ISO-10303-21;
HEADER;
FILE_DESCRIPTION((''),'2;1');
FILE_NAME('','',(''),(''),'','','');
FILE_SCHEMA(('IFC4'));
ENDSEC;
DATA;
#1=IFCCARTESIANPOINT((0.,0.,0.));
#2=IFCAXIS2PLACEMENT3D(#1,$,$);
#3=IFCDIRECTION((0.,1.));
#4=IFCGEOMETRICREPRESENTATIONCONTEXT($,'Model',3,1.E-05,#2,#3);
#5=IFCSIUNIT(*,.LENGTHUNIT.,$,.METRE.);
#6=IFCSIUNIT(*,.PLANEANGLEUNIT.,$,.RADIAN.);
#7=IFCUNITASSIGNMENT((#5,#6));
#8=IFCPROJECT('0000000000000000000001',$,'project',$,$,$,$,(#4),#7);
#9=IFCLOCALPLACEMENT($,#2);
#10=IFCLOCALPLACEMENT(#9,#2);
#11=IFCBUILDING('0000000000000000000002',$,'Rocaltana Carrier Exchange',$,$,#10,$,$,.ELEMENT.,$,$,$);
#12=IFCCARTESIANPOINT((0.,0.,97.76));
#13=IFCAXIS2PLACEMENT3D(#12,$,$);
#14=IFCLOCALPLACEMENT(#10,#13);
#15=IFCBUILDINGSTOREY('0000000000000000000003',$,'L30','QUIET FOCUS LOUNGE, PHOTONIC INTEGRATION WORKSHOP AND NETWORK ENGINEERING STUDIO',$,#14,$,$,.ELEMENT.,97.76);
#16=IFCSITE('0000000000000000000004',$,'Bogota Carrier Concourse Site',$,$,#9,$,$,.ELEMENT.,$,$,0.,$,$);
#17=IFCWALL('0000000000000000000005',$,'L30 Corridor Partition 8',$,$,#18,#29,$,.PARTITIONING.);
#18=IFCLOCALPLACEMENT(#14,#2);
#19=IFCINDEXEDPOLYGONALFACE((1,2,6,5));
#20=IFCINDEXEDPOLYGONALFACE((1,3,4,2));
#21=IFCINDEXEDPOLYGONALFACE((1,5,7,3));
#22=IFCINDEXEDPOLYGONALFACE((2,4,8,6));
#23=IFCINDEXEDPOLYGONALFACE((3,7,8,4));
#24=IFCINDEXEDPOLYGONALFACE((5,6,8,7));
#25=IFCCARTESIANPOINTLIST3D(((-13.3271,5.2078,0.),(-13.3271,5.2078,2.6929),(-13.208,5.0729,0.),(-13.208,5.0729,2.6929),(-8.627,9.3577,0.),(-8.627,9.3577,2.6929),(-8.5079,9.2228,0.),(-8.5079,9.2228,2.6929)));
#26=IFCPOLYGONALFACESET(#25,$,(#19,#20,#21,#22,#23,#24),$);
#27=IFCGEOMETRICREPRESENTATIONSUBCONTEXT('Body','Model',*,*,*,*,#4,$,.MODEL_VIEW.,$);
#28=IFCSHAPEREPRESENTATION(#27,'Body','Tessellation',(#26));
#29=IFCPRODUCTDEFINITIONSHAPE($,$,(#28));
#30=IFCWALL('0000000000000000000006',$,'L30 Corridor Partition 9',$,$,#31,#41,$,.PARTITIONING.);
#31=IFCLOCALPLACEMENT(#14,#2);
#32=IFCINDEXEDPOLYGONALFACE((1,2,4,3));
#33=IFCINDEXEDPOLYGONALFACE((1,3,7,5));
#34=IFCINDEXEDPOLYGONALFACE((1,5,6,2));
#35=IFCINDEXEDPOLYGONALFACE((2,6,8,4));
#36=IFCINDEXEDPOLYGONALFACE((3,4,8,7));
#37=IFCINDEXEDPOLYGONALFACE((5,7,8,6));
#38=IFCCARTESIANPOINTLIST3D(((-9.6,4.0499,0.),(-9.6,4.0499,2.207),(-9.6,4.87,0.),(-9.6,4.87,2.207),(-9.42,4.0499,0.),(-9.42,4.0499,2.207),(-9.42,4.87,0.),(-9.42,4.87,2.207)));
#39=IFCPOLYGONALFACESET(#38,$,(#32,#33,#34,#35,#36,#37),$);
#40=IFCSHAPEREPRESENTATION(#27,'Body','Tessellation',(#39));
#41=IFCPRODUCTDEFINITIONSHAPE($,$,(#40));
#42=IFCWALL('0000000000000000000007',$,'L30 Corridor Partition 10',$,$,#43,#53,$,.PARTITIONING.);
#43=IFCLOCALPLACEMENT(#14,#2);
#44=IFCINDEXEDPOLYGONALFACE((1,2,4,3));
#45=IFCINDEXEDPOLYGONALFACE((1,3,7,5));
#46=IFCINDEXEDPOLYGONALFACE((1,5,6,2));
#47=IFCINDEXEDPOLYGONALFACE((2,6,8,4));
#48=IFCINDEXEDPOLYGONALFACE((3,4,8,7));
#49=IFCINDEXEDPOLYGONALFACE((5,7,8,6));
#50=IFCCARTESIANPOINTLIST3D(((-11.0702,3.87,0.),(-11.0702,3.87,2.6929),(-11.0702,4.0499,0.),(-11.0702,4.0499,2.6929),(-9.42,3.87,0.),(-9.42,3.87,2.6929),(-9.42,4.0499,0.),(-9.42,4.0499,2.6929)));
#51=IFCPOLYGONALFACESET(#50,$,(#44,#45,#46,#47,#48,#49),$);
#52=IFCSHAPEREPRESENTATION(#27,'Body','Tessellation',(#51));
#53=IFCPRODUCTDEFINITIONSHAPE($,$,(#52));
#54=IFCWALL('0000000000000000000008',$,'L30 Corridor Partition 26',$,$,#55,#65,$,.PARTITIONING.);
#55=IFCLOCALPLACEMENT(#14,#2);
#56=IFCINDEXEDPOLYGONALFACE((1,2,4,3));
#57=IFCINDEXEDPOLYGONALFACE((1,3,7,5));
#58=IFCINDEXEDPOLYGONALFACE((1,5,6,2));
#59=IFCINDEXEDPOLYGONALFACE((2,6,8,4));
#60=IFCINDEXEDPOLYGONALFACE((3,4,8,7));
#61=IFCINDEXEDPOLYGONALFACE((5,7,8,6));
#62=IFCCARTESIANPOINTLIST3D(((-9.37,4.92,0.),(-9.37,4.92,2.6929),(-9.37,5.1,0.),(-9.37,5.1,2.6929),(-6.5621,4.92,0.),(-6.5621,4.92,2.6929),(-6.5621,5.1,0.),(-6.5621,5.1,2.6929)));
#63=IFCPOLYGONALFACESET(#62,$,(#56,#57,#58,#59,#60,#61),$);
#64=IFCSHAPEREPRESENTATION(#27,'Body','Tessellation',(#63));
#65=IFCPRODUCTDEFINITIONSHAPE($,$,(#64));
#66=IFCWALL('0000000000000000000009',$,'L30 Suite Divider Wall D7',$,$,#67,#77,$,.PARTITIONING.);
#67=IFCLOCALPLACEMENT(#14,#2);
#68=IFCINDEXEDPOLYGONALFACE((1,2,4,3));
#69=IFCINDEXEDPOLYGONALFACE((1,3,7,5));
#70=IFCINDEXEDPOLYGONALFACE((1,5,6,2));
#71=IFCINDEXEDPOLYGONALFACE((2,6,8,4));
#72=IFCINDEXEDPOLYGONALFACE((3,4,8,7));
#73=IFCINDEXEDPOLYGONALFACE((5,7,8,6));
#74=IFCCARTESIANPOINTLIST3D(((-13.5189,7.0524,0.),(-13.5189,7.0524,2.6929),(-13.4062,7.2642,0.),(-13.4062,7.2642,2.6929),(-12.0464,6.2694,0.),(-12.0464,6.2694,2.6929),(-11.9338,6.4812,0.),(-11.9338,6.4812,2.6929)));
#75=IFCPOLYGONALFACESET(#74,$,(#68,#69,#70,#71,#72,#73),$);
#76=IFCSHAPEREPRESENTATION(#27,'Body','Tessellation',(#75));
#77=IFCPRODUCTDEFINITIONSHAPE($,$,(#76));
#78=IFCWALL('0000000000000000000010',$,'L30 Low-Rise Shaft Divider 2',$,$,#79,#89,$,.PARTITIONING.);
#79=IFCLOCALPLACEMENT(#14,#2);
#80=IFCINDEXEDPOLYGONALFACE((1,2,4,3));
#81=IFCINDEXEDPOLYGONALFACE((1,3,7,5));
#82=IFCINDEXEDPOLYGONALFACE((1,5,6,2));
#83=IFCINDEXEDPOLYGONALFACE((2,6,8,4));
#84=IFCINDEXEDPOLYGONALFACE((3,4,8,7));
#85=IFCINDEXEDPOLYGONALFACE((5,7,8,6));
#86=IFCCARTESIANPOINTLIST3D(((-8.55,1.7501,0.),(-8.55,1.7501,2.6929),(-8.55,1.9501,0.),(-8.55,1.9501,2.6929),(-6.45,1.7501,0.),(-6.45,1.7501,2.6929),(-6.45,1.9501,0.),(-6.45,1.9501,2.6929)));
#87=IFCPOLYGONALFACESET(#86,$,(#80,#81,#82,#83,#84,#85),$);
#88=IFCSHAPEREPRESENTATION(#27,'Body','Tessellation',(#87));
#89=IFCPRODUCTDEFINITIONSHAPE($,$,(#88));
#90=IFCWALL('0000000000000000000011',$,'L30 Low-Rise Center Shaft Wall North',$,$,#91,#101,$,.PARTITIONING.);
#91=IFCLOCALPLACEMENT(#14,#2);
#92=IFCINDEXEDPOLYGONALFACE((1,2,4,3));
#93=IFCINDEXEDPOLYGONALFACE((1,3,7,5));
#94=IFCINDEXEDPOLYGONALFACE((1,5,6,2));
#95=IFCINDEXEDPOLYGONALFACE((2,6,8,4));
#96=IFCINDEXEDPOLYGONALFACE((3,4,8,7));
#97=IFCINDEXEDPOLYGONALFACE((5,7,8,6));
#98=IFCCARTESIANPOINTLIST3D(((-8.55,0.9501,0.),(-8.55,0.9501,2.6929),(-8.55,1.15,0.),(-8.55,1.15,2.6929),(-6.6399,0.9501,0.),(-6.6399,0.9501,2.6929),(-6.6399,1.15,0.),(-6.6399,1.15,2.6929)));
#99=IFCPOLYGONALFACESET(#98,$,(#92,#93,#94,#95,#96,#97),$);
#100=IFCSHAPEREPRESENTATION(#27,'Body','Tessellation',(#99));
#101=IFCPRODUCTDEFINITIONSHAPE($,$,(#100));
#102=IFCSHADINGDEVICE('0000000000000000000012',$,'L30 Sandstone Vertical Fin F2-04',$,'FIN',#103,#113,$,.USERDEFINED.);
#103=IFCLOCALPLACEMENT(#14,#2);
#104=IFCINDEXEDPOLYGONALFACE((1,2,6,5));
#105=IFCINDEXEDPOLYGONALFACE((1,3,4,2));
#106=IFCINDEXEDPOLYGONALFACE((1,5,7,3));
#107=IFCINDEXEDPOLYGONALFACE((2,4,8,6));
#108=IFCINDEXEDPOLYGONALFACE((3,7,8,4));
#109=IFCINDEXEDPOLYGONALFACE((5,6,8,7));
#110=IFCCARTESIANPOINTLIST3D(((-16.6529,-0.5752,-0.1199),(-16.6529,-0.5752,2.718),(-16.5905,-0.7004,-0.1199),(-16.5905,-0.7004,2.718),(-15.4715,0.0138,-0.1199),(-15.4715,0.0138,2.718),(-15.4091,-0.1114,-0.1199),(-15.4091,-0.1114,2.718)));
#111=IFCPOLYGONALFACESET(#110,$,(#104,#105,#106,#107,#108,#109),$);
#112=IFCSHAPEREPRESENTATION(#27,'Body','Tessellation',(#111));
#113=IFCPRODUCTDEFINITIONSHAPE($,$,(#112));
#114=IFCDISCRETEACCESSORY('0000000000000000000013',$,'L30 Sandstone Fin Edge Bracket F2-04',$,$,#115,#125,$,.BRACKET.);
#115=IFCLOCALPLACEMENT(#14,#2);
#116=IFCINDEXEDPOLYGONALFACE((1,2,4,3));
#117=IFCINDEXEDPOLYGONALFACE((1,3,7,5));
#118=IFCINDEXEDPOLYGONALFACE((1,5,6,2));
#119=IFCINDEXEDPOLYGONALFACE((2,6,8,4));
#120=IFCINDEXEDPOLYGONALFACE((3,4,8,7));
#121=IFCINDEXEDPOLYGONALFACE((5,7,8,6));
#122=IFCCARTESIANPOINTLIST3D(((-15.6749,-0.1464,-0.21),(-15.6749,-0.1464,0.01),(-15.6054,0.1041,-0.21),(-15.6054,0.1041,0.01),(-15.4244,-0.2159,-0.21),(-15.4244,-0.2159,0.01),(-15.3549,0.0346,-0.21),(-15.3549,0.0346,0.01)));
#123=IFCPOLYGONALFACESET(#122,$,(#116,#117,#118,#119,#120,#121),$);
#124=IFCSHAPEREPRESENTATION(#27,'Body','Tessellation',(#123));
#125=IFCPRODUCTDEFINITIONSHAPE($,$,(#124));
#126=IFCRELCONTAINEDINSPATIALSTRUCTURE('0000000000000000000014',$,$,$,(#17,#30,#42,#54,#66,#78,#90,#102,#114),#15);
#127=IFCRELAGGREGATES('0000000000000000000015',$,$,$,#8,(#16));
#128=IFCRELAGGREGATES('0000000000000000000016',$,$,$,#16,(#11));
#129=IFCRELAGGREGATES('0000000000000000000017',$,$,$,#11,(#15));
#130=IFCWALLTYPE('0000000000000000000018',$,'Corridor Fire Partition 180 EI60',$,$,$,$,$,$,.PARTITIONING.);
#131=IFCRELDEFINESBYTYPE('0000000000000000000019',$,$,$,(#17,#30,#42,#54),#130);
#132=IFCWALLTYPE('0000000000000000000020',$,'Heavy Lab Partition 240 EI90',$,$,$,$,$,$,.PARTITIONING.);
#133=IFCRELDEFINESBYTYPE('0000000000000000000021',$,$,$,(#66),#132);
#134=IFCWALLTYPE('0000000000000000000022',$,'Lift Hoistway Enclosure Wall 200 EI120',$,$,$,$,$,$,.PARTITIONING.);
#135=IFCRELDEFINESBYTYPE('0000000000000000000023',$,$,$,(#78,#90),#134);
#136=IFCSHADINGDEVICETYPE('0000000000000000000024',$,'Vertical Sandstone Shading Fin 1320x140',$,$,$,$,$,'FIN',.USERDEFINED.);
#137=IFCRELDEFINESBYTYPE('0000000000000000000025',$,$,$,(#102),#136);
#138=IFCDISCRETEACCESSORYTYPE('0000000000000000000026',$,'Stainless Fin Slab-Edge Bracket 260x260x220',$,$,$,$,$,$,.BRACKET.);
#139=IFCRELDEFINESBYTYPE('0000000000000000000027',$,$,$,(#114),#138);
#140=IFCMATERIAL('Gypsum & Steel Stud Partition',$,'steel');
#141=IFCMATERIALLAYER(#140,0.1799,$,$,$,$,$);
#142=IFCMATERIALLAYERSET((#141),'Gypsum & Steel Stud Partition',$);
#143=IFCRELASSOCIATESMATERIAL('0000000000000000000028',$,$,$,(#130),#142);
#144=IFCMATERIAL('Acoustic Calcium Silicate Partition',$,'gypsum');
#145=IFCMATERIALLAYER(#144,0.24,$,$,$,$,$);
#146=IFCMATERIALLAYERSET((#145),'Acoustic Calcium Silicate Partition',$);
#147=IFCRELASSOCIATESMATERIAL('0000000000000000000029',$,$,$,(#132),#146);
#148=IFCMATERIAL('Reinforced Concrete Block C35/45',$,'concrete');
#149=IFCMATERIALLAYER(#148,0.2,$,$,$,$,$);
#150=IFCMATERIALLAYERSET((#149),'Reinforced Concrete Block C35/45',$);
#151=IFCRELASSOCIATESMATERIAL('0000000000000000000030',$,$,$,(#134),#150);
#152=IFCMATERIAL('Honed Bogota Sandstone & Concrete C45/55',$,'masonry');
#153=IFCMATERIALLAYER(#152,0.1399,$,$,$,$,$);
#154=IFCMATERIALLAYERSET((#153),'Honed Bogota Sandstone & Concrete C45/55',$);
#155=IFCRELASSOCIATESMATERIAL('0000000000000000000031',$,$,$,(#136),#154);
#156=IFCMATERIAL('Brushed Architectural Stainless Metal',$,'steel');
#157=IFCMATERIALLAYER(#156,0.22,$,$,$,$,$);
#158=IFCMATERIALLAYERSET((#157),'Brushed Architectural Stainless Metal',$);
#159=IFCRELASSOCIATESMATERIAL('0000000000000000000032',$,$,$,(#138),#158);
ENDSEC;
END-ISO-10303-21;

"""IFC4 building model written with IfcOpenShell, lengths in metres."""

from ifc_helpers import new_model, si_unit, direction, frame, frame_2d, origin, origin_2d, place, context, subcontext, project, spatial, rectangle, extrude, material, layer, layer_set, type_object, element, save


model = new_model("IFC4")

# Units and contexts
model_context = context("Model", 3, precision=1e-05, world=origin(), true_north=direction((0.0, 1.0)))
body_context = subcontext(model_context, "Body", "Model", "MODEL_VIEW")
ifc_project = project(units=[si_unit("LENGTHUNIT", "METRE"), si_unit("PLANEANGLEUNIT", "RADIAN")], contexts=[model_context])

# Site, building, storey
site_placement = place(None, origin())
site = spatial("IfcSite", under=ifc_project, at=site_placement, Name="Bogota Carrier Concourse Site", CompositionType="ELEMENT", RefElevation=0.0)
building_placement = place(site_placement, origin())
building = spatial("IfcBuilding", under=site, at=building_placement, Name="Rocaltana Carrier Exchange", CompositionType="ELEMENT")
storey_placement = place(building_placement, frame((0.0, 0.0, 97.76)))
storey = spatial("IfcBuildingStorey", under=building, at=storey_placement, Name="L30", Description="QUIET FOCUS LOUNGE, PHOTONIC INTEGRATION WORKSHOP AND NETWORK ENGINEERING STUDIO", CompositionType="ELEMENT", Elevation=97.76)

# Walls
ifc_material_1 = material(Name="Gypsum & Steel Stud Partition", Category="steel")
ifc_layer_1 = layer(ifc_material_1, 0.1799)
ifc_layer_set_1 = layer_set([ifc_layer_1], Name="Gypsum & Steel Stud Partition")
wall_type_1 = type_object("IfcWallType", Name="Corridor Fire Partition 180 EI60", PredefinedType="PARTITIONING", material=ifc_layer_set_1)
wall_1_placement = place(storey_placement, frame((-13.2676, 5.1404, 0.0), z_axis=(0.0, 0.0, 1.0), x_axis=(0.749626, 0.661861, 0.0)))
element("IfcWall", 1, at=wall_1_placement, inside=storey, type_object=wall_type_1, Name="L30 Corridor Partition 8", PredefinedType="PARTITIONING", context=body_context, shape_type="SweptSolid", body=[
    extrude(rectangle(XDim=6.27, YDim=0.1799, at=frame_2d((3.135, 0.0))), origin(), (0.0, 0.0, 1.0), 2.6929),
])
wall_2_placement = place(storey_placement, frame((-9.51, 4.8701, 0.0), z_axis=(0.0, 0.0, 1.0), x_axis=(0.0, -1.0, 0.0)))
element("IfcWall", 2, at=wall_2_placement, inside=storey, type_object=wall_type_1, Name="L30 Corridor Partition 9", PredefinedType="PARTITIONING", context=body_context, shape_type="SweptSolid", body=[
    extrude(rectangle(XDim=0.8201, YDim=0.1799, at=frame_2d((0.4102, 0.0))), origin(), (0.0, 0.0, 1.0), 2.207),
])
wall_3_placement = place(storey_placement, frame((-9.4199, 3.96, 0.0), z_axis=(0.0, 0.0, 1.0), x_axis=(-1.0, 0.0, 0.0)))
element("IfcWall", 3, at=wall_3_placement, inside=storey, type_object=wall_type_1, Name="L30 Corridor Partition 10", PredefinedType="PARTITIONING", context=body_context, shape_type="SweptSolid", body=[
    extrude(rectangle(XDim=1.6501, YDim=0.1799, at=frame_2d((0.8252, 0.0))), origin(), (0.0, 0.0, 1.0), 2.6929),
])
wall_4_placement = place(storey_placement, frame((-6.5623, 5.01, 0.0), z_axis=(0.0, 0.0, 1.0), x_axis=(-1.0, 0.0, 0.0)))
element("IfcWall", 4, at=wall_4_placement, inside=storey, type_object=wall_type_1, Name="L30 Corridor Partition 26", PredefinedType="PARTITIONING", context=body_context, shape_type="SweptSolid", body=[
    extrude(rectangle(XDim=2.8079, YDim=0.1799, at=frame_2d((1.4038, 0.0))), origin(), (0.0, 0.0, 1.0), 2.6929),
])
ifc_material_2 = material(Name="Acoustic Calcium Silicate Partition", Category="gypsum")
ifc_layer_2 = layer(ifc_material_2, 0.24)
ifc_layer_set_2 = layer_set([ifc_layer_2], Name="Acoustic Calcium Silicate Partition")
wall_type_2 = type_object("IfcWallType", Name="Heavy Lab Partition 240 EI90", PredefinedType="PARTITIONING", material=ifc_layer_set_2)
wall_5_placement = place(storey_placement, frame((-11.99, 6.3752, 0.0), z_axis=(0.0, 0.0, 1.0), x_axis=(-0.882932, 0.469501, 0.0)))
element("IfcWall", 5, at=wall_5_placement, inside=storey, type_object=wall_type_2, Name="L30 Suite Divider Wall D7", PredefinedType="PARTITIONING", context=body_context, shape_type="SweptSolid", body=[
    extrude(rectangle(XDim=1.6677, YDim=0.24, at=frame_2d((0.834, 0.0))), origin(), (0.0, 0.0, 1.0), 2.6929),
])
ifc_material_3 = material(Name="Reinforced Concrete Block C35/45", Category="concrete")
ifc_layer_3 = layer(ifc_material_3, 0.2)
ifc_layer_set_3 = layer_set([ifc_layer_3], Name="Reinforced Concrete Block C35/45")
wall_type_3 = type_object("IfcWallType", Name="Lift Hoistway Enclosure Wall 200 EI120", PredefinedType="PARTITIONING", material=ifc_layer_set_3)
wall_6_placement = place(storey_placement, frame((-8.55, 1.8501, 0.0), z_axis=(0.0, 0.0, 1.0), x_axis=(1.0, 0.0, 0.0)))
element("IfcWall", 6, at=wall_6_placement, inside=storey, type_object=wall_type_3, Name="L30 Low-Rise Shaft Divider 2", PredefinedType="PARTITIONING", context=body_context, shape_type="SweptSolid", body=[
    extrude(rectangle(XDim=2.1001, YDim=0.2, at=frame_2d((1.05, 0.0))), origin(), (0.0, 0.0, 1.0), 2.6929),
])
wall_7_placement = place(storey_placement, frame((-8.55, 1.05, 0.0), z_axis=(0.0, 0.0, 1.0), x_axis=(1.0, 0.0, 0.0)))
element("IfcWall", 7, at=wall_7_placement, inside=storey, type_object=wall_type_3, Name="L30 Low-Rise Center Shaft Wall North", PredefinedType="PARTITIONING", context=body_context, shape_type="SweptSolid", body=[
    extrude(rectangle(XDim=1.9102, YDim=0.2, at=frame_2d((0.9551, 0.0))), origin(), (0.0, 0.0, 1.0), 2.6929),
])

# Shading device
ifc_material_4 = material(Name="Honed Bogota Sandstone & Concrete C45/55", Category="masonry")
ifc_layer_4 = layer(ifc_material_4, 0.1399)
ifc_layer_set_4 = layer_set([ifc_layer_4], Name="Honed Bogota Sandstone & Concrete C45/55")
shading_device_type = type_object("IfcShadingDeviceType", Name="Vertical Sandstone Shading Fin 1320x140", ElementType="FIN", PredefinedType="USERDEFINED", material=ifc_layer_set_4)
shading_device_placement = place(storey_placement, frame((-16.031, -0.3433, -0.1199), z_axis=(0.0, 0.0, 1.0), x_axis=(-0.894934, -0.446198, 0.0)))
element("IfcShadingDevice", 8, at=shading_device_placement, inside=storey, type_object=shading_device_type, Name="L30 Sandstone Vertical Fin F2-04", ObjectType="FIN", PredefinedType="USERDEFINED", context=body_context, shape_type="SweptSolid", body=[
    extrude(rectangle(XDim=1.3201, YDim=0.1399, at=origin_2d()), origin(), (0.0, 0.0, 1.0), 2.8379),
])

# Discrete accessory
ifc_material_5 = material(Name="Brushed Architectural Stainless Metal", Category="steel")
ifc_layer_5 = layer(ifc_material_5, 0.22)
ifc_layer_set_5 = layer_set([ifc_layer_5], Name="Brushed Architectural Stainless Metal")
discrete_accessory_type = type_object("IfcDiscreteAccessoryType", Name="Stainless Fin Slab-Edge Bracket 260x260x220", PredefinedType="BRACKET", material=ifc_layer_set_5)
discrete_accessory_placement = place(storey_placement, frame((-15.5149, -0.0559, -0.21), z_axis=(0.0, 0.0, 1.0), x_axis=(-0.267238, -0.96363, 0.0)))
element("IfcDiscreteAccessory", 9, at=discrete_accessory_placement, inside=storey, type_object=discrete_accessory_type, Name="L30 Sandstone Fin Edge Bracket F2-04", PredefinedType="BRACKET", context=body_context, shape_type="SweptSolid", body=[
    extrude(rectangle(XDim=0.26, YDim=0.26, at=origin_2d()), origin(), (0.0, 0.0, 1.0), 0.22),
])

save(model, "model.ifc")
